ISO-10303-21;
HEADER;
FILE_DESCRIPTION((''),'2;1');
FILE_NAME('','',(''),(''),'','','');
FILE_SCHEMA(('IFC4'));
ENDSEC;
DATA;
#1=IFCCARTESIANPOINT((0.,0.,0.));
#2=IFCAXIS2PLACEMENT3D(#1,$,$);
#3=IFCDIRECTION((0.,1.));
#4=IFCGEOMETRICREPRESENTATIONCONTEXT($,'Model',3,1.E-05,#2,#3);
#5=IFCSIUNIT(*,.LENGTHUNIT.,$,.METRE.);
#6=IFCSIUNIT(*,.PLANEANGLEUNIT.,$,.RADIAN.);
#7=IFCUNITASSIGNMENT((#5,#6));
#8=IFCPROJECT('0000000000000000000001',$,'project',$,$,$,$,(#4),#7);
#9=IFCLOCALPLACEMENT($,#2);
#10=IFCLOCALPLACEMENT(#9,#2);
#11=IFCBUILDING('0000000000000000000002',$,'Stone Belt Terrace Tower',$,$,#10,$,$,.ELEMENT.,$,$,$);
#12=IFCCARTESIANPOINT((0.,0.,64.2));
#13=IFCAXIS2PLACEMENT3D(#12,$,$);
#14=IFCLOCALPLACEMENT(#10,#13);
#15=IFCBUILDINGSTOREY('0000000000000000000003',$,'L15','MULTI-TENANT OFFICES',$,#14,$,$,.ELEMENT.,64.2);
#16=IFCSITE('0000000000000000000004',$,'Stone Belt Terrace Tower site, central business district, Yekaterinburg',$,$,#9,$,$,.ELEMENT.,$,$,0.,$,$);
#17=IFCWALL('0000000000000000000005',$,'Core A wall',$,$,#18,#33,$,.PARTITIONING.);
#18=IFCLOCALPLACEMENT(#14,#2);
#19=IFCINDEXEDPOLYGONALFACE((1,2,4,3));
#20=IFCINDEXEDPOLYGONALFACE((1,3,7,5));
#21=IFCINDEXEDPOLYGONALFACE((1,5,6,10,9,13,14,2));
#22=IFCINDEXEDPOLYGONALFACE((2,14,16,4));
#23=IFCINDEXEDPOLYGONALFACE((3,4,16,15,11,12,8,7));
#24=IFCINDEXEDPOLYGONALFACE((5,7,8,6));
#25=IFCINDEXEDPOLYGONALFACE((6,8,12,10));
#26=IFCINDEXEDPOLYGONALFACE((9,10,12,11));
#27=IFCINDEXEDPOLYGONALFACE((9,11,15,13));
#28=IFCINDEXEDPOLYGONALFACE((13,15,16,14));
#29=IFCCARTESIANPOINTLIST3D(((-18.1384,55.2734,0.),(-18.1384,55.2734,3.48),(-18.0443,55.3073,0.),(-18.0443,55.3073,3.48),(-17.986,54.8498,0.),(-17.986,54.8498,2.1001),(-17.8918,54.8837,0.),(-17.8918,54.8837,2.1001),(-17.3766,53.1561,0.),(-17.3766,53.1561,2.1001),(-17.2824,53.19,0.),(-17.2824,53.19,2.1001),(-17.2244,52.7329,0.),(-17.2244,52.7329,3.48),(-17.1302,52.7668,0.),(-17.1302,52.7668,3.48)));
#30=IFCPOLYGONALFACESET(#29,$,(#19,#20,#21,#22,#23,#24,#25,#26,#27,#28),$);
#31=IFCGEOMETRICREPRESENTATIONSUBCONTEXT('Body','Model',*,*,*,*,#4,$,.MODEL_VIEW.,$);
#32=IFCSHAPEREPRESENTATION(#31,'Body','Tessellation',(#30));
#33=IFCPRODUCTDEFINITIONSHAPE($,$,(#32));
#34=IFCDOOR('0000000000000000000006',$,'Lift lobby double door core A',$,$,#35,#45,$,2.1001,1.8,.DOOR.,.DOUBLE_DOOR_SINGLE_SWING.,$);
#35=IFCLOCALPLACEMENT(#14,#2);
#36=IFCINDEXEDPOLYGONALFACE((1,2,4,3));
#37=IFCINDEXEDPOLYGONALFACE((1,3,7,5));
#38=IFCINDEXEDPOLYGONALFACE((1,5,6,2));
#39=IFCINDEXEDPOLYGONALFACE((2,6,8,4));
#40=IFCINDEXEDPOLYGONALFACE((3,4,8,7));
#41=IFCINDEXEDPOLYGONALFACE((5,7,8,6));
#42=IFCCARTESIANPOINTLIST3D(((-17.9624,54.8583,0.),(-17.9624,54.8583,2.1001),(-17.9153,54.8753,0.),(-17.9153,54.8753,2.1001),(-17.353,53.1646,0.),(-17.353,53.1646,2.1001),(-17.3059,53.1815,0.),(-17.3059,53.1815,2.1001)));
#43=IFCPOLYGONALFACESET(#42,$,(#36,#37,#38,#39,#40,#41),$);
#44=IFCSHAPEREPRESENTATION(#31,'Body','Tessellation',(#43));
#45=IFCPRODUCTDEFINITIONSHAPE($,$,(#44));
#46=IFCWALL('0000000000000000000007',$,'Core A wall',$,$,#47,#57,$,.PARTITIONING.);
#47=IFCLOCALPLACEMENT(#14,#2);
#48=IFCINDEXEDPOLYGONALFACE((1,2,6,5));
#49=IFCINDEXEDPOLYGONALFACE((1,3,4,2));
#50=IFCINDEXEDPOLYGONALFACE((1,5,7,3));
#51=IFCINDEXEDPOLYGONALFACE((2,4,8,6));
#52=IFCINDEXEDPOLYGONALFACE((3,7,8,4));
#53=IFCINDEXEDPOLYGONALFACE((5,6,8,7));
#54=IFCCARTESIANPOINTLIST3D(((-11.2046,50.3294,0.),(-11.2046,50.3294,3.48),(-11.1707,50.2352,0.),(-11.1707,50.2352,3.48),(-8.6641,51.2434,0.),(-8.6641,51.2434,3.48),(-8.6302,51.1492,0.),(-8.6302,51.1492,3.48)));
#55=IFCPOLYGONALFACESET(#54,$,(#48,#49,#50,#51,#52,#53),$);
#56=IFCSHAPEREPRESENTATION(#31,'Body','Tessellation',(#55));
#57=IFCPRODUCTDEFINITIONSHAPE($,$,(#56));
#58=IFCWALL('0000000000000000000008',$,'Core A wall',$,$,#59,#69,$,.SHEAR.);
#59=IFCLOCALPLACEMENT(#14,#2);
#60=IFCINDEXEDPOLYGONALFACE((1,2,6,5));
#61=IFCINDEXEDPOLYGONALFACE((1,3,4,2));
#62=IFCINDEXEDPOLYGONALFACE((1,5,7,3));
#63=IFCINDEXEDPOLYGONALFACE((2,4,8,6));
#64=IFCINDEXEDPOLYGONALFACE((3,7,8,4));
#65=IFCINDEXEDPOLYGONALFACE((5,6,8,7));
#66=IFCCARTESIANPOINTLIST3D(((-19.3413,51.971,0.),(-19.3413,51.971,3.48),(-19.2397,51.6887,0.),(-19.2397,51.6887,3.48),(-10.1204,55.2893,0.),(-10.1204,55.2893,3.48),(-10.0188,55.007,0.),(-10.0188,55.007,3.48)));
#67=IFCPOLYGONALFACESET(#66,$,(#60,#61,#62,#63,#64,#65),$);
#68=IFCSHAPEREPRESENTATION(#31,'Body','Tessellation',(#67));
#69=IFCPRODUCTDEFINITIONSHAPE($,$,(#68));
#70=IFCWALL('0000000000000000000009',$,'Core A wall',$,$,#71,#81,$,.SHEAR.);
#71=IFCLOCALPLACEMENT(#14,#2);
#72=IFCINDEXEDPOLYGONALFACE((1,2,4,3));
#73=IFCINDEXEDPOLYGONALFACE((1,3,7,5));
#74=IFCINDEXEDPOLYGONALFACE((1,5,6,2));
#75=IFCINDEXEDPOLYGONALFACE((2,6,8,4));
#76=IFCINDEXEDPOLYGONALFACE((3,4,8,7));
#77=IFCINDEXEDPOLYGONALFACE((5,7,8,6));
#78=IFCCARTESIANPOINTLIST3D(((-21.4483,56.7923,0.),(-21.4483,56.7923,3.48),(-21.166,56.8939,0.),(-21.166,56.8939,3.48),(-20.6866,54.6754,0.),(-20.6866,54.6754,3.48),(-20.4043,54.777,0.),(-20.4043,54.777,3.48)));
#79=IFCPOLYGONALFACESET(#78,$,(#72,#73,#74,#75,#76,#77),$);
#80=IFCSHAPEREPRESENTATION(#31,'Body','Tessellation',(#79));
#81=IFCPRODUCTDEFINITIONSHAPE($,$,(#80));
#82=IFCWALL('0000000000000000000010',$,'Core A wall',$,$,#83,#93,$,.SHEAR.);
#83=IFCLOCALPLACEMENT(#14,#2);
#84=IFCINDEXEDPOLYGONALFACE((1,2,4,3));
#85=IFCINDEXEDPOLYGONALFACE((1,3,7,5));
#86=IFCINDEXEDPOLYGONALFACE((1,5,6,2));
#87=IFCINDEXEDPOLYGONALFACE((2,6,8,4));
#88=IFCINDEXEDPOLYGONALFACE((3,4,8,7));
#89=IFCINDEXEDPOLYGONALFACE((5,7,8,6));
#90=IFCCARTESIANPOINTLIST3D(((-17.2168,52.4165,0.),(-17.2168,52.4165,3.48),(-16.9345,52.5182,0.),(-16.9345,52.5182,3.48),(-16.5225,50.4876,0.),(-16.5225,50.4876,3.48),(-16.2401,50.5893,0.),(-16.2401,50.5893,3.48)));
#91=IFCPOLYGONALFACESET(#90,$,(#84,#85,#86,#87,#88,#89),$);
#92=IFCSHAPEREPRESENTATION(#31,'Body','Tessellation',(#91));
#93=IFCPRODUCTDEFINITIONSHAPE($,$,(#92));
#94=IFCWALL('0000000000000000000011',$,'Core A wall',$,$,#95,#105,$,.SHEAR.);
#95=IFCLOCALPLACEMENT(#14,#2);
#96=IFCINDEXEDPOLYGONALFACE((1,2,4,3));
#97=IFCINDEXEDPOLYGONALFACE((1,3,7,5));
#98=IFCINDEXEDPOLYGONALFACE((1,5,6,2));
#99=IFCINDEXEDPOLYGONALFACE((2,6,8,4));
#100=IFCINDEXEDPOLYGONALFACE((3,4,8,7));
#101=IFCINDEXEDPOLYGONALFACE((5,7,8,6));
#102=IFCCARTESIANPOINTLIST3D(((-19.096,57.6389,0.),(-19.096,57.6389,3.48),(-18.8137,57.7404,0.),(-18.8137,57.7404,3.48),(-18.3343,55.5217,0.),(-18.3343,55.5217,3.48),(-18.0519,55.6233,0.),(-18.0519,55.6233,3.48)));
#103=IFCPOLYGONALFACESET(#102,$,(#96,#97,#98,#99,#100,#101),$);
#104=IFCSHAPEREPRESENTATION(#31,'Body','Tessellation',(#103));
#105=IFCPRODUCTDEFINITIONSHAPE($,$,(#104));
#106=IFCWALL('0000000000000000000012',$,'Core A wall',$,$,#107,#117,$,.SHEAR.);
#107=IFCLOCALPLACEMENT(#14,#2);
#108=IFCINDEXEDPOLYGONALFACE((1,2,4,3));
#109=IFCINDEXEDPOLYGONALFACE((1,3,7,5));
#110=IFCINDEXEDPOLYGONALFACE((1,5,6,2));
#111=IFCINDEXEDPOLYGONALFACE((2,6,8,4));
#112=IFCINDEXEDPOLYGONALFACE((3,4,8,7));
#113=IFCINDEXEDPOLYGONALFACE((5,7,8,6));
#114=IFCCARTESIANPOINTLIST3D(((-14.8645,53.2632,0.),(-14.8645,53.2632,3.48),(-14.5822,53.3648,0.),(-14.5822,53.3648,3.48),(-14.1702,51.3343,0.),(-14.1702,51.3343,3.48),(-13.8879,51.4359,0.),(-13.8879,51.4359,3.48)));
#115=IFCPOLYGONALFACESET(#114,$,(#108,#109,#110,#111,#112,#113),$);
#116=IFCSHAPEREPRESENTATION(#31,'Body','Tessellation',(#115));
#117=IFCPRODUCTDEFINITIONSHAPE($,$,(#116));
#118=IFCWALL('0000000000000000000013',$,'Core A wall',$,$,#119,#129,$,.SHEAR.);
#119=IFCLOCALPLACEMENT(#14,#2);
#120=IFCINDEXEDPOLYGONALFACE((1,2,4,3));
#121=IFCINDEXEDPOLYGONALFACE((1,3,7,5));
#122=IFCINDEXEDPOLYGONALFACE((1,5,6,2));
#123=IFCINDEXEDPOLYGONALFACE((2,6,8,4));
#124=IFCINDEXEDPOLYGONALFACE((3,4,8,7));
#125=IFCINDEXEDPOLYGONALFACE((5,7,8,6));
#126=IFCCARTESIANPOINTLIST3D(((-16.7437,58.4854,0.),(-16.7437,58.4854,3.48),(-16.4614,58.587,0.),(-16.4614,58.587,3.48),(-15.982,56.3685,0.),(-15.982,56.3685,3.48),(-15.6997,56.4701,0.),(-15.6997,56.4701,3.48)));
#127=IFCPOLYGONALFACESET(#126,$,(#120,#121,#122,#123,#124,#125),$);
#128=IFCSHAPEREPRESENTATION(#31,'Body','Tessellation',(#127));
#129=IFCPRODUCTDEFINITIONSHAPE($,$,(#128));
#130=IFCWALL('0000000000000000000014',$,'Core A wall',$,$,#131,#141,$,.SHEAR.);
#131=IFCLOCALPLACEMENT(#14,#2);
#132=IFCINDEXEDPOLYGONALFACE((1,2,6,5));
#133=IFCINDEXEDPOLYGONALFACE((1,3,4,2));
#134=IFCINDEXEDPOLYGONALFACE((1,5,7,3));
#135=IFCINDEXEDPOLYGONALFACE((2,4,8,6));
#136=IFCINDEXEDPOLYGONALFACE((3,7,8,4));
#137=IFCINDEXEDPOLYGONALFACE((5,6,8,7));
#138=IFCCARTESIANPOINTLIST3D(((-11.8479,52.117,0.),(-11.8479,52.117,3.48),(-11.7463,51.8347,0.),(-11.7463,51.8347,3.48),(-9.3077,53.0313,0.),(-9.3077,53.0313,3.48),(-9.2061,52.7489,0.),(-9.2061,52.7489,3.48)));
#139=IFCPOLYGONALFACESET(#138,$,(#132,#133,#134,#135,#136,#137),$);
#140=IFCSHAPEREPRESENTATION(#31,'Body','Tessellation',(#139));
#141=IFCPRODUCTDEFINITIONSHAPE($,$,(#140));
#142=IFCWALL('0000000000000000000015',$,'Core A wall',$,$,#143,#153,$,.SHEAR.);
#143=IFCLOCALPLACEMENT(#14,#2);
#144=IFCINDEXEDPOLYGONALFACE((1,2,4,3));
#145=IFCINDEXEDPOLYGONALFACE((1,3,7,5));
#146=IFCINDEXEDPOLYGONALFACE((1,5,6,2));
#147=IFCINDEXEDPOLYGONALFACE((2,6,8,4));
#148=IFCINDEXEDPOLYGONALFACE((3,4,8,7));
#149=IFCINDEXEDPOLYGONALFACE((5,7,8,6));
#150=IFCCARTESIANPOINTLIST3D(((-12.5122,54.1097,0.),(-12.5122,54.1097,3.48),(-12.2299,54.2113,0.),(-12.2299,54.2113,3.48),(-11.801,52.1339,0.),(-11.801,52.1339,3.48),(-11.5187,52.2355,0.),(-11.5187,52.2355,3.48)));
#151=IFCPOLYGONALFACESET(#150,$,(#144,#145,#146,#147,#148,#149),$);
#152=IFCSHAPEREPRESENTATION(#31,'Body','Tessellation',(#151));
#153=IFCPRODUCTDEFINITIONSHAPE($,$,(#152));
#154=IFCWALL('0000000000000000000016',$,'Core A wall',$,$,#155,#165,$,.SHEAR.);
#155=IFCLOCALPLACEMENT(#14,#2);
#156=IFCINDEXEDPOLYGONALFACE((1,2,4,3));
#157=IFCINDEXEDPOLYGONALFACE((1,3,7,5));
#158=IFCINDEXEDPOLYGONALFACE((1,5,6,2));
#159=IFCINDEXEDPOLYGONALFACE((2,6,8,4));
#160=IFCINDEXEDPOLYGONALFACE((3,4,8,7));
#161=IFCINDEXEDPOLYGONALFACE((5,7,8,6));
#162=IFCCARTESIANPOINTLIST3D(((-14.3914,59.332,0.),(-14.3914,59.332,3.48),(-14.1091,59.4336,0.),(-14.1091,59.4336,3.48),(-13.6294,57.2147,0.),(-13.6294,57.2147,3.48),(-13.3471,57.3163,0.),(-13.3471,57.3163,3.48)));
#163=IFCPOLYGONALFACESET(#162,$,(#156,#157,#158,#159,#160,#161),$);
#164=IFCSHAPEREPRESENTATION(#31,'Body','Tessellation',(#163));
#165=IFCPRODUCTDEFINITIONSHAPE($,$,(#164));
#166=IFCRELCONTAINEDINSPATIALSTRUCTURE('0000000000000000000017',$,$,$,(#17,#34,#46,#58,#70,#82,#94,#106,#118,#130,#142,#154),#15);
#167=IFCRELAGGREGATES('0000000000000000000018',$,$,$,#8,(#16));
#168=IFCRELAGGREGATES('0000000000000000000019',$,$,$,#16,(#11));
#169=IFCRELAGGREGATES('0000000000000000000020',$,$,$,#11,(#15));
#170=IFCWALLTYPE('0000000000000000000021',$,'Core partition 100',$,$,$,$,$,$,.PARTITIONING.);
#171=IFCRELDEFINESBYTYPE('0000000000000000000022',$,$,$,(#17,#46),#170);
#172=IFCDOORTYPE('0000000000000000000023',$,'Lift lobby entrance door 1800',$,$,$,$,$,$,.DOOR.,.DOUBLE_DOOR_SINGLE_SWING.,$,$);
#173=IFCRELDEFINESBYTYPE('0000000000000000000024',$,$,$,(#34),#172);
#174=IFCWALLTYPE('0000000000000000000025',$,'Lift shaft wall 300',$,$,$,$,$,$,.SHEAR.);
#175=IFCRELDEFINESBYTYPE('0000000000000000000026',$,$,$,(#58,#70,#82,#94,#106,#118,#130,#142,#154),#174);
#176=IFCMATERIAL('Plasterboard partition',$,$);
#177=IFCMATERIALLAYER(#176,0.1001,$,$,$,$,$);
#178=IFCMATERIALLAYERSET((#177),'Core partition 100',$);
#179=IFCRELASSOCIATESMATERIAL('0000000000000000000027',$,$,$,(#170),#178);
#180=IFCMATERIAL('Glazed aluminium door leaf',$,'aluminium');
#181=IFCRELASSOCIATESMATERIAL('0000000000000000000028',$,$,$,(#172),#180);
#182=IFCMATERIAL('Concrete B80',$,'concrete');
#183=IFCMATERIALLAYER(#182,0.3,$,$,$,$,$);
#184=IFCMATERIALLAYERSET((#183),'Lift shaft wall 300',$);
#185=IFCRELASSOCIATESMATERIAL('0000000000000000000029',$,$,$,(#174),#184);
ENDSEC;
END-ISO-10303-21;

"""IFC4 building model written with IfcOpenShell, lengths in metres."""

from ifc_helpers import new_model, si_unit, direction, frame, frame_2d, origin, place, context, subcontext, project, spatial, rectangle, extrude, material, layer, layer_set, type_object, element, fill, save


model = new_model("IFC4")

# Units and contexts
model_context = context("Model", 3, precision=1e-05, world=origin(), true_north=direction((0.0, 1.0)))
body_context = subcontext(model_context, "Body", "Model", "MODEL_VIEW")
ifc_project = project(units=[si_unit("LENGTHUNIT", "METRE"), si_unit("PLANEANGLEUNIT", "RADIAN")], contexts=[model_context])

# Site, building, storey
site_placement = place(None, origin())
site = spatial("IfcSite", under=ifc_project, at=site_placement, Name="Stone Belt Terrace Tower site, central business district, Yekaterinburg", CompositionType="ELEMENT", RefElevation=0.0)
building_placement = place(site_placement, origin())
building = spatial("IfcBuilding", under=site, at=building_placement, Name="Stone Belt Terrace Tower", CompositionType="ELEMENT")
storey_placement = place(building_placement, frame((0.0, 0.0, 64.2)))
storey = spatial("IfcBuildingStorey", under=building, at=storey_placement, Name="L15", Description="MULTI-TENANT OFFICES", CompositionType="ELEMENT", Elevation=64.2)

# Shared definitions
ifc_material_1 = material(Name="Concrete B80", Category="concrete")

# Wall, opening, door
ifc_material_2 = material(Name="Plasterboard partition")
ifc_layer_1 = layer(ifc_material_2, 0.1001)
ifc_layer_set_1 = layer_set([ifc_layer_1], Name="Core partition 100")
wall_type_1 = type_object("IfcWallType", Name="Core partition 100", PredefinedType="PARTITIONING", material=ifc_layer_set_1)
wall_1_placement = place(storey_placement, frame((-17.1772, 52.7498, 0.0), z_axis=(0.0, 0.0, 1.0), x_axis=(-0.338547, 0.94095, 0.0)))
wall_1 = element("IfcWall", 1, at=wall_1_placement, inside=storey, type_object=wall_type_1, Name="Core A wall", PredefinedType="PARTITIONING", context=body_context, shape_type="SweptSolid", body=[
    extrude(rectangle(XDim=2.7, YDim=0.1001, at=frame_2d((1.3501, 0.0))), origin(), (0.0, 0.0, 1.0), 3.48),
])
opening_placement = place(wall_1_placement, frame((0.45, 0.0, 0.0)))
opening = element("IfcOpeningElement", 2, at=opening_placement, cuts=wall_1, PredefinedType="OPENING", context=body_context, shape_type="SweptSolid", body=[
    extrude(rectangle(XDim=1.8, YDim=2.1001, at=frame_2d((0.8999, 1.05))), frame((0.0, 0.0601, 0.0), z_axis=(0.0, -1.0, 0.0), x_axis=(1.0, 0.0, 0.0)), (0.0, 0.0, 1.0), 0.1201),
])
ifc_material_3 = material(Name="Glazed aluminium door leaf", Category="aluminium")
door_type = type_object("IfcDoorType", Name="Lift lobby entrance door 1800", OperationType="DOUBLE_DOOR_SINGLE_SWING", PredefinedType="DOOR", material=ifc_material_3)
door_placement = place(opening_placement, origin())
door = element("IfcDoor", 3, at=door_placement, inside=storey, type_object=door_type, Name="Lift lobby double door core A", OperationType="DOUBLE_DOOR_SINGLE_SWING", OverallHeight=2.1001, OverallWidth=1.8, PredefinedType="DOOR", context=body_context, shape_type="SweptSolid", body=[
    extrude(rectangle(XDim=1.8, YDim=2.1001, at=frame_2d((0.8999, 1.05))), frame((0.0, 0.0249, 0.0), z_axis=(0.0, -1.0, 0.0), x_axis=(1.0, 0.0, 0.0)), (0.0, 0.0, 1.0), 0.05),
])
fill(opening, door)

# Walls
wall_2_placement = place(storey_placement, frame((-11.1877, 50.2822, 0.0), z_axis=(0.0, 0.0, 1.0), x_axis=(0.94095, 0.338547, 0.0)))
element("IfcWall", 4, at=wall_2_placement, inside=storey, type_object=wall_type_1, Name="Core A wall", PredefinedType="PARTITIONING", context=body_context, shape_type="SweptSolid", body=[
    extrude(rectangle(XDim=2.7, YDim=0.1001, at=frame_2d((1.3501, 0.0))), origin(), (0.0, 0.0, 1.0), 3.48),
])
ifc_layer_2 = layer(ifc_material_1, 0.3)
ifc_layer_set_2 = layer_set([ifc_layer_2], Name="Lift shaft wall 300")
wall_type_2 = type_object("IfcWallType", Name="Lift shaft wall 300", PredefinedType="SHEAR", material=ifc_layer_set_2)
wall_3_placement = place(storey_placement, frame((-19.2905, 51.8298, 0.0), z_axis=(0.0, 0.0, 1.0), x_axis=(0.940926, 0.338613, 0.0)))
element("IfcWall", 5, at=wall_3_placement, inside=storey, type_object=wall_type_2, Name="Core A wall", PredefinedType="SHEAR", context=body_context, shape_type="SweptSolid", body=[
    extrude(rectangle(XDim=9.7998, YDim=0.3, at=frame_2d((4.8999, 0.0))), origin(), (0.0, 0.0, 1.0), 3.48),
])
wall_4_placement = place(storey_placement, frame((-20.5454, 54.7261, 0.0), z_axis=(0.0, 0.0, 1.0), x_axis=(-0.33857, 0.940941, 0.0)))
element("IfcWall", 6, at=wall_4_placement, inside=storey, type_object=wall_type_2, Name="Core A wall", PredefinedType="SHEAR", context=body_context, shape_type="SweptSolid", body=[
    extrude(rectangle(XDim=2.2498, YDim=0.3, at=frame_2d((1.125, 0.0))), origin(), (0.0, 0.0, 1.0), 3.48),
])
wall_5_placement = place(storey_placement, frame((-16.3813, 50.5386, 0.0), z_axis=(0.0, 0.0, 1.0), x_axis=(-0.338682, 0.940901, 0.0)))
element("IfcWall", 7, at=wall_5_placement, inside=storey, type_object=wall_type_2, Name="Core A wall", PredefinedType="SHEAR", context=body_context, shape_type="SweptSolid", body=[
    extrude(rectangle(XDim=2.05, YDim=0.3, at=frame_2d((1.0249, 0.0))), origin(), (0.0, 0.0, 1.0), 3.48),
])
wall_6_placement = place(storey_placement, frame((-18.1931, 55.5725, 0.0), z_axis=(0.0, 0.0, 1.0), x_axis=(-0.338535, 0.940954, 0.0)))
element("IfcWall", 8, at=wall_6_placement, inside=storey, type_object=wall_type_2, Name="Core A wall", PredefinedType="SHEAR", context=body_context, shape_type="SweptSolid", body=[
    extrude(rectangle(XDim=2.25, YDim=0.3, at=frame_2d((1.125, 0.0))), origin(), (0.0, 0.0, 1.0), 3.48),
])
wall_7_placement = place(storey_placement, frame((-14.0291, 51.3853, 0.0), z_axis=(0.0, 0.0, 1.0), x_axis=(-0.338682, 0.940901, 0.0)))
element("IfcWall", 9, at=wall_7_placement, inside=storey, type_object=wall_type_2, Name="Core A wall", PredefinedType="SHEAR", context=body_context, shape_type="SweptSolid", body=[
    extrude(rectangle(XDim=2.05, YDim=0.3, at=frame_2d((1.0249, 0.0))), origin(), (0.0, 0.0, 1.0), 3.48),
])
wall_8_placement = place(storey_placement, frame((-15.8408, 56.4192, 0.0), z_axis=(0.0, 0.0, 1.0), x_axis=(-0.33857, 0.940941, 0.0)))
element("IfcWall", 10, at=wall_8_placement, inside=storey, type_object=wall_type_2, Name="Core A wall", PredefinedType="SHEAR", context=body_context, shape_type="SweptSolid", body=[
    extrude(rectangle(XDim=2.2498, YDim=0.3, at=frame_2d((1.125, 0.0))), origin(), (0.0, 0.0, 1.0), 3.48),
])
wall_9_placement = place(storey_placement, frame((-11.7971, 51.9758, 0.0), z_axis=(0.0, 0.0, 1.0), x_axis=(0.94091, 0.338655, 0.0)))
element("IfcWall", 11, at=wall_9_placement, inside=storey, type_object=wall_type_2, Name="Core A wall", PredefinedType="SHEAR", context=body_context, shape_type="SweptSolid", body=[
    extrude(rectangle(XDim=2.6997, YDim=0.3, at=frame_2d((1.3499, 0.0))), origin(), (0.0, 0.0, 1.0), 3.48),
])
wall_10_placement = place(storey_placement, frame((-11.6599, 52.1848, 0.0), z_axis=(0.0, 0.0, 1.0), x_axis=(-0.33867, 0.940905, 0.0)))
element("IfcWall", 12, at=wall_10_placement, inside=storey, type_object=wall_type_2, Name="Core A wall", PredefinedType="SHEAR", context=body_context, shape_type="SweptSolid", body=[
    extrude(rectangle(XDim=2.0999, YDim=0.3, at=frame_2d((1.0498, 0.0))), origin(), (0.0, 0.0, 1.0), 3.48),
])
wall_11_placement = place(storey_placement, frame((-13.4883, 57.2656, 0.0), z_axis=(0.0, 0.0, 1.0), x_axis=(-0.338631, 0.940919, 0.0)))
element("IfcWall", 13, at=wall_11_placement, inside=storey, type_object=wall_type_2, Name="Core A wall", PredefinedType="SHEAR", context=body_context, shape_type="SweptSolid", body=[
    extrude(rectangle(XDim=2.2502, YDim=0.3, at=frame_2d((1.125, 0.0))), origin(), (0.0, 0.0, 1.0), 3.48),
])

save(model, "model.ifc")
